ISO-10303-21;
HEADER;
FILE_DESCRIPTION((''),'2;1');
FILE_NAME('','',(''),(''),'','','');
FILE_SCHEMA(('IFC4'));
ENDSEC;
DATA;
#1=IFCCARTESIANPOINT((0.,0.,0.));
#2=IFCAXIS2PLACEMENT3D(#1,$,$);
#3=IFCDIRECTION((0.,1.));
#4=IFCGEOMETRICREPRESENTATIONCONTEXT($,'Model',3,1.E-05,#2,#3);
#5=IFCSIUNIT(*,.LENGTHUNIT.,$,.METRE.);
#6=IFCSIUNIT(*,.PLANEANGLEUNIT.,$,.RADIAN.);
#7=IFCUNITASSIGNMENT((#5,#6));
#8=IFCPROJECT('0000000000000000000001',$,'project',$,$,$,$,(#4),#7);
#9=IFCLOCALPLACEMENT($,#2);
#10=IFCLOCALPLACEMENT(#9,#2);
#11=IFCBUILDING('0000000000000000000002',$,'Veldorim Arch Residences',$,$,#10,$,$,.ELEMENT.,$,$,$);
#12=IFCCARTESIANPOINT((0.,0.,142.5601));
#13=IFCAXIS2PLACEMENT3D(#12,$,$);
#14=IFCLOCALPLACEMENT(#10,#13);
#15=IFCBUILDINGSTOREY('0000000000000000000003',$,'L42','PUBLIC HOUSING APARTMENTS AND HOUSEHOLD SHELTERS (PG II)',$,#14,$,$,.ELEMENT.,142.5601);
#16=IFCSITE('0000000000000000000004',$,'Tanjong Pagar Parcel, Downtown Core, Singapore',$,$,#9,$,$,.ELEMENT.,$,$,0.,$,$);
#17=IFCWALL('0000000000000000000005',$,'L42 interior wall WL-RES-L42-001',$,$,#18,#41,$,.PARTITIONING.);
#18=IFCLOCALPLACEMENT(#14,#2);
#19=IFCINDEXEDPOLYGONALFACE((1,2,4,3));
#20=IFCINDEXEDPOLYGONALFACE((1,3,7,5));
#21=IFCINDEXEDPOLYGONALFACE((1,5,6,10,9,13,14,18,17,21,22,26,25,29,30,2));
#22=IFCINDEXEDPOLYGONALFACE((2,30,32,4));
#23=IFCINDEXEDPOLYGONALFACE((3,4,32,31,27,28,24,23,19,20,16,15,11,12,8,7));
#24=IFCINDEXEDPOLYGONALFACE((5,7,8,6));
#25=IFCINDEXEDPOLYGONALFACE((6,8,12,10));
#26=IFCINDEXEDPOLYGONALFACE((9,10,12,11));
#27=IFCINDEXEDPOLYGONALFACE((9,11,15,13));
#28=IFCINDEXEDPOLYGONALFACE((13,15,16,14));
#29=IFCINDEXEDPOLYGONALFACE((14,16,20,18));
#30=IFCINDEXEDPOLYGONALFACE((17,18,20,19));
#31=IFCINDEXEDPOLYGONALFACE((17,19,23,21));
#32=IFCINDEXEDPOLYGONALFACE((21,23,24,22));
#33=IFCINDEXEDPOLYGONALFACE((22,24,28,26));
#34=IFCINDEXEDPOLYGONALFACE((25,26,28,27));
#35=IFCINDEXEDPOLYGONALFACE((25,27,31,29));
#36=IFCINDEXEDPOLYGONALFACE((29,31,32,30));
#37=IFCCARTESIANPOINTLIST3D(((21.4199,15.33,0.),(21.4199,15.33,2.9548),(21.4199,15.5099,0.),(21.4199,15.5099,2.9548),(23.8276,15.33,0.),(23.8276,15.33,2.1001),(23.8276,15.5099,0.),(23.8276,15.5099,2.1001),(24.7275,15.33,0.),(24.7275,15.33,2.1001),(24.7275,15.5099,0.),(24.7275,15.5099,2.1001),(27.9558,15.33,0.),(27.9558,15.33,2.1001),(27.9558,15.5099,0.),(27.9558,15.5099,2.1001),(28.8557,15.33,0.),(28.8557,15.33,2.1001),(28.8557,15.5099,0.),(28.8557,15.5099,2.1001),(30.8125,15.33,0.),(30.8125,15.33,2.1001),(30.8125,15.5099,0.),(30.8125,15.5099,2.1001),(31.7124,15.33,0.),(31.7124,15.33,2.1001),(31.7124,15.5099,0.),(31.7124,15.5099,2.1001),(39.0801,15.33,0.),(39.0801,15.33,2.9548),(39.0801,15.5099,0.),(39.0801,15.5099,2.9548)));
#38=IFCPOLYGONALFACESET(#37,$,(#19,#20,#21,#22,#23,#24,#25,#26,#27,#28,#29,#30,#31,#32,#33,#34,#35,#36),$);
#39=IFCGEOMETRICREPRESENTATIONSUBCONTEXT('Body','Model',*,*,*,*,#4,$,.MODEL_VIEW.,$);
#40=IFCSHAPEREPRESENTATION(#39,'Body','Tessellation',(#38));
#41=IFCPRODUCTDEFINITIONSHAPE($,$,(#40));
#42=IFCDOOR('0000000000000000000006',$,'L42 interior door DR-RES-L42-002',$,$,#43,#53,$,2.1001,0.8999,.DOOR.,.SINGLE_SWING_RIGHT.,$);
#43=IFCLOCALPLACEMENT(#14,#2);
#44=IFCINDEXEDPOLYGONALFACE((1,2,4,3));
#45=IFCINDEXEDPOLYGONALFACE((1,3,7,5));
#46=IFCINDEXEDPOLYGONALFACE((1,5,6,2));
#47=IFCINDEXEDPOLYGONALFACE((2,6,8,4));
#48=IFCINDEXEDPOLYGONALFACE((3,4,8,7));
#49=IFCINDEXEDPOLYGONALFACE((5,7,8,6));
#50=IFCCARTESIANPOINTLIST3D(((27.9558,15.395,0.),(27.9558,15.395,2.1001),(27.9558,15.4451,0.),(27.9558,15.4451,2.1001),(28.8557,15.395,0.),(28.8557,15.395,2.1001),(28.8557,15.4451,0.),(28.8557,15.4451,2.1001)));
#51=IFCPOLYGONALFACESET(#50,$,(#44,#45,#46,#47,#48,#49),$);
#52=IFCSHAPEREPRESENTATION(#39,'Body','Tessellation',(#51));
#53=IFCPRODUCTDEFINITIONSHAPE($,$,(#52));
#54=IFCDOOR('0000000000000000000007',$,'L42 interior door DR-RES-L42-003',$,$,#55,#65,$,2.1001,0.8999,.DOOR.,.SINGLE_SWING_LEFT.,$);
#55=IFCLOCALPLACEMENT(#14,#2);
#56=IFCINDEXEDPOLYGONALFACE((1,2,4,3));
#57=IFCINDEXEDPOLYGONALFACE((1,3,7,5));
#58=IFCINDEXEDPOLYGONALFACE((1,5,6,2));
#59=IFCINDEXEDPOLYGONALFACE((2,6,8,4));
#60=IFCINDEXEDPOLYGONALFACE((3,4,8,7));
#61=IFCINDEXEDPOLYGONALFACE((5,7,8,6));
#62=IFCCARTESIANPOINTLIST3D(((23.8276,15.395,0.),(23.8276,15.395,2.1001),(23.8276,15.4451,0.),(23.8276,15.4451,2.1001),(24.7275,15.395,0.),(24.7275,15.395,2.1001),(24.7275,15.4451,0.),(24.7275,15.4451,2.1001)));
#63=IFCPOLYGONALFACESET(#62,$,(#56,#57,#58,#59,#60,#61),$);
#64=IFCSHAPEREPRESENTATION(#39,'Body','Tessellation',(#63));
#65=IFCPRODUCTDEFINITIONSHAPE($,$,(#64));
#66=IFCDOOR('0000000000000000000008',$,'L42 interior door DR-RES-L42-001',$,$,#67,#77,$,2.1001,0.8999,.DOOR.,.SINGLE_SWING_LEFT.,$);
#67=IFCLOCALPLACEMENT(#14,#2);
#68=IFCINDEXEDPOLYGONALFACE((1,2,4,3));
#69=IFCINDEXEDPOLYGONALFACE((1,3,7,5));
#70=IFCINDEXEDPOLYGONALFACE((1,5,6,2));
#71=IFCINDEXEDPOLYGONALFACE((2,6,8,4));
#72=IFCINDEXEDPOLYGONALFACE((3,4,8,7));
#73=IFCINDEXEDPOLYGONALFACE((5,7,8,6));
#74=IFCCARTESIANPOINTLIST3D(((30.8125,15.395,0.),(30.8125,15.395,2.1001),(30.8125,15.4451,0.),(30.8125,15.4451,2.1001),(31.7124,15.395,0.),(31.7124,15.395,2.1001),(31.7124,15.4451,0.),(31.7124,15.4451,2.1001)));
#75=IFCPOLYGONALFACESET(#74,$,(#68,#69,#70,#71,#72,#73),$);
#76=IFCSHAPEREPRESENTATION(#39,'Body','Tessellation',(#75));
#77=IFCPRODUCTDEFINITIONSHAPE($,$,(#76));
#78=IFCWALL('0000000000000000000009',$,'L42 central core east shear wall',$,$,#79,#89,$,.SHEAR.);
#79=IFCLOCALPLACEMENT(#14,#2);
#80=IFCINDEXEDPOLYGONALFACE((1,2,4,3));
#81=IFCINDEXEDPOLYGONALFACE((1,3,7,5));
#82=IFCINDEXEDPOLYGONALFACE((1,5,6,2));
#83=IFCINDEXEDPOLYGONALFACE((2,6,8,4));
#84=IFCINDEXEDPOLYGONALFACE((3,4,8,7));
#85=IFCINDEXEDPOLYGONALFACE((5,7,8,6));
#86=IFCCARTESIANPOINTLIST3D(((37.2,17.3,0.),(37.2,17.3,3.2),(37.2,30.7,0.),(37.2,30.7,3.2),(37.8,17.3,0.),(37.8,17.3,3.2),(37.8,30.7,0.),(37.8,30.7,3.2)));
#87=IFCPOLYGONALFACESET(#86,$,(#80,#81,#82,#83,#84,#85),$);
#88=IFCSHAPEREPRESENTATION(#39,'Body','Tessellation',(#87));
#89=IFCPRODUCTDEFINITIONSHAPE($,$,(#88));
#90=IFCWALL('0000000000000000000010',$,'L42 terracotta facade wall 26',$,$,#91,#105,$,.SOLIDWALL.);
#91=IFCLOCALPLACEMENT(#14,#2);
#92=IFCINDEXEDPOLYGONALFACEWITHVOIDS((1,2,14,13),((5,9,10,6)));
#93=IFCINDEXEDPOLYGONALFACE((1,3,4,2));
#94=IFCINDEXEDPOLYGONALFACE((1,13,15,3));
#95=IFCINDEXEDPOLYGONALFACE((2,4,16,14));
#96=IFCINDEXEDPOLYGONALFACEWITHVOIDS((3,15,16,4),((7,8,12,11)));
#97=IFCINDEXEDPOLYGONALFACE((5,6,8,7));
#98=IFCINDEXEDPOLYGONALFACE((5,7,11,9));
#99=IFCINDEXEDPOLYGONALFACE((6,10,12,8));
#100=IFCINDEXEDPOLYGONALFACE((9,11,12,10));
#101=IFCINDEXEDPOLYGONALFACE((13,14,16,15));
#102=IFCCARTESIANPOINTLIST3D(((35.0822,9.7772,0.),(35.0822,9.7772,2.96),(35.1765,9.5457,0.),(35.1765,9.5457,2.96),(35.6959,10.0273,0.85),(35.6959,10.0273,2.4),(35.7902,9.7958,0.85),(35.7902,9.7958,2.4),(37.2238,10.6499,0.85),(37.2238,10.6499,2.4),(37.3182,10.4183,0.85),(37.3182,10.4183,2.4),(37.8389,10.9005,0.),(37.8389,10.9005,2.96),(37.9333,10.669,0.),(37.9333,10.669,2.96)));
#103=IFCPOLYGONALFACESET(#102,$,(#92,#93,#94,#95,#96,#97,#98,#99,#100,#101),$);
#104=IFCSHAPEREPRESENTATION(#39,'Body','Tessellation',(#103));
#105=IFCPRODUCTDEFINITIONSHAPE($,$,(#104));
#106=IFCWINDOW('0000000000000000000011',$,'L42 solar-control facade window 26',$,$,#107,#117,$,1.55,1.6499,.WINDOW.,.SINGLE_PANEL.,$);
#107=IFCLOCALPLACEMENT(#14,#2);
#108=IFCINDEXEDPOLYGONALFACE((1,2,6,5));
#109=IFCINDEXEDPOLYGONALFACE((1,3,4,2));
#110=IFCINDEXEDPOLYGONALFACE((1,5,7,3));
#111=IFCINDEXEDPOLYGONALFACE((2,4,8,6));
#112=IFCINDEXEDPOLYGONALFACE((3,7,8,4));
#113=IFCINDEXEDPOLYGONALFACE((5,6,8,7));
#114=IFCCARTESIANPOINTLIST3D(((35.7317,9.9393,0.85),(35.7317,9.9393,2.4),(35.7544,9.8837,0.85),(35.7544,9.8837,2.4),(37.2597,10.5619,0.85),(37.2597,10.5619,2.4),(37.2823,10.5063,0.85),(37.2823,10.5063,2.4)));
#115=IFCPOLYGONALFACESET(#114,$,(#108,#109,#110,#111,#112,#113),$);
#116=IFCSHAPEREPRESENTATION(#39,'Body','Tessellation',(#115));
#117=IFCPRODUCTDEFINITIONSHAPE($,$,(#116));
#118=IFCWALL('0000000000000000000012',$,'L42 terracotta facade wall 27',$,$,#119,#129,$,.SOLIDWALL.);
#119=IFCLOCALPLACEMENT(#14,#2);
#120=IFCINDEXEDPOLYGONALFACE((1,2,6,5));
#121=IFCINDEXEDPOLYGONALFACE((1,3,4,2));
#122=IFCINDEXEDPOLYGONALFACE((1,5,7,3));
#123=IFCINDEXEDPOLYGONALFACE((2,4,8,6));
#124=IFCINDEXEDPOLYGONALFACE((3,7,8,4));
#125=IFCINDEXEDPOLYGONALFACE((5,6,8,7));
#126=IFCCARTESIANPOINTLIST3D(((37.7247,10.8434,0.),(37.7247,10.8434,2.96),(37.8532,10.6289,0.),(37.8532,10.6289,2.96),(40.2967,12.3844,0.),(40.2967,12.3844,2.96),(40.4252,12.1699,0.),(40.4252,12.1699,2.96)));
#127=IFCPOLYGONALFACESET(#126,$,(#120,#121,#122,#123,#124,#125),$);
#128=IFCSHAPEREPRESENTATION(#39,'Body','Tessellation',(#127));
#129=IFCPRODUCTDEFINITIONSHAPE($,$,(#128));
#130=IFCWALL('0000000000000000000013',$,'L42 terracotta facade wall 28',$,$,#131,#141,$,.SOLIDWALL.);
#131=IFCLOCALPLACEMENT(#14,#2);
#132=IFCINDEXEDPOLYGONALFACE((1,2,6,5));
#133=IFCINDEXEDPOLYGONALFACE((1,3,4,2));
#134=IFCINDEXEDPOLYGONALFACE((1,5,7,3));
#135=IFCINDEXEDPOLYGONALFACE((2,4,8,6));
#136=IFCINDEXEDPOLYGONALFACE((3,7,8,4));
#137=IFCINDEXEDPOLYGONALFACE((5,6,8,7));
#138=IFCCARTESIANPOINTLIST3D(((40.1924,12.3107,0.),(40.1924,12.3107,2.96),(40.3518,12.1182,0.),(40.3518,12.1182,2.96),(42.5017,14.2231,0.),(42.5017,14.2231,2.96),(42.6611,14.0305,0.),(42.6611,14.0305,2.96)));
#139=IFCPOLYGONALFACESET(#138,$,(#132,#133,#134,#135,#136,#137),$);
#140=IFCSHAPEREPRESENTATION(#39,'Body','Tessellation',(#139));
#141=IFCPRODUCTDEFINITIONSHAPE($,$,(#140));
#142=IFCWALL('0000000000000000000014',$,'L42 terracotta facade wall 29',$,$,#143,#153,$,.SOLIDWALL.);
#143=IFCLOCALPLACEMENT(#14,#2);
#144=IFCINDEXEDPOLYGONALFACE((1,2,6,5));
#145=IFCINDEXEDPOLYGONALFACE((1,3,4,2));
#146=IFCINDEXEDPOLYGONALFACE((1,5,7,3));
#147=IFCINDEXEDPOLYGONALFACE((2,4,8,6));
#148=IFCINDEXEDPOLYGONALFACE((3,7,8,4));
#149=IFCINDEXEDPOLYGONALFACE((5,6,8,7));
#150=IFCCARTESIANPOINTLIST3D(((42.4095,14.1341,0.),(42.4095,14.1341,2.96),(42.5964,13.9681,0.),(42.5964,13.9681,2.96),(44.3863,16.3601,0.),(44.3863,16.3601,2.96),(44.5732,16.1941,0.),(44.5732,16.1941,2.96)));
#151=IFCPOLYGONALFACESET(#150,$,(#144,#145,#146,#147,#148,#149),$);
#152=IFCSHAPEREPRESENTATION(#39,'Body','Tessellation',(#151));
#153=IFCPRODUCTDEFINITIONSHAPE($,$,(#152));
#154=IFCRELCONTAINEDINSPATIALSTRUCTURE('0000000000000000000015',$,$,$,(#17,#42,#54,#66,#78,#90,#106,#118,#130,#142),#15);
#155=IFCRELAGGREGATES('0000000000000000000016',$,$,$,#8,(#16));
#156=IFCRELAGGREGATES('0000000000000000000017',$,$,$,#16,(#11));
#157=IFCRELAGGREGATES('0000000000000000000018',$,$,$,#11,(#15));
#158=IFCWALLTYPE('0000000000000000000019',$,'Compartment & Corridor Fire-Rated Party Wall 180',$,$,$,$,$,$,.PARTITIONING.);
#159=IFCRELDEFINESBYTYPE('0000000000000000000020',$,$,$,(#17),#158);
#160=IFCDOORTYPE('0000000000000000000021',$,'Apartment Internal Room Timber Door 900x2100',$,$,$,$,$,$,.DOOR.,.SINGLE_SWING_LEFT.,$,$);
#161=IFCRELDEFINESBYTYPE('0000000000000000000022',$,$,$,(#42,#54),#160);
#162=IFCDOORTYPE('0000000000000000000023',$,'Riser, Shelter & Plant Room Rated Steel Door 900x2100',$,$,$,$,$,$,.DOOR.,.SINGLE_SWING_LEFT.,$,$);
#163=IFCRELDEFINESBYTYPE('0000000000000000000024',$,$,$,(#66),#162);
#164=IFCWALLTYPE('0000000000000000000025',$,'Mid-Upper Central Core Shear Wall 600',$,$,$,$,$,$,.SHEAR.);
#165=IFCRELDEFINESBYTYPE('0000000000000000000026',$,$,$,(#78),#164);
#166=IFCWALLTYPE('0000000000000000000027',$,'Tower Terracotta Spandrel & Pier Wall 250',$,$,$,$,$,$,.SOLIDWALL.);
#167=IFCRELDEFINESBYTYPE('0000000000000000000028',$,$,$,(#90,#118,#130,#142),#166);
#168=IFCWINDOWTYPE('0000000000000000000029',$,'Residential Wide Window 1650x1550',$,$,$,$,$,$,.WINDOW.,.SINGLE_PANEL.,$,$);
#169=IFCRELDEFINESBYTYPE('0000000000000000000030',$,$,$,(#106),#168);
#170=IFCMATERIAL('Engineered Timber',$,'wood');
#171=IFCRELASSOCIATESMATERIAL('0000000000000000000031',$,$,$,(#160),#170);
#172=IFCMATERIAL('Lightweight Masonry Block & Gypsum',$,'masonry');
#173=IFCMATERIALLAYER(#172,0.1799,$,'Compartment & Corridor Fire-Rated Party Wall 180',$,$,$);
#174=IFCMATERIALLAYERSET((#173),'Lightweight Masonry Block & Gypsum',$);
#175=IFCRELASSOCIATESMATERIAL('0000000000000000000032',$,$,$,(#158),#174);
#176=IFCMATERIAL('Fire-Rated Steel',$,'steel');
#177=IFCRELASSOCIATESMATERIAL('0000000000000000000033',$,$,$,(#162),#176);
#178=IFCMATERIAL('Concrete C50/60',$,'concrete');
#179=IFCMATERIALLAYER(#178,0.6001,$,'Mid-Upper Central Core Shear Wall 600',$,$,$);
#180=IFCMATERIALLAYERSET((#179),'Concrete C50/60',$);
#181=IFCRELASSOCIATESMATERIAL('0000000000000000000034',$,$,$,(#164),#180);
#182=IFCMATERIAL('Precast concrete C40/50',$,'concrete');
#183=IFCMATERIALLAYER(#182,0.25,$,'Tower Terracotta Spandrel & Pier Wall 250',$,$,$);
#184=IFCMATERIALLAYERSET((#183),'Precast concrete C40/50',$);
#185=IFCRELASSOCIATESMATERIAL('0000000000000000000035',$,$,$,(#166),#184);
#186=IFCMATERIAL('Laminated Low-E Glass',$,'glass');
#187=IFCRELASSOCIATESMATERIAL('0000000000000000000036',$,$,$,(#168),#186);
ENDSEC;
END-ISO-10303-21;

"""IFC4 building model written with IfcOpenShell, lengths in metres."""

from ifc_helpers import new_model, si_unit, direction, frame, frame_2d, origin, place, context, subcontext, project, spatial, rectangle, extrude, material, layer, layer_set, type_object, element, fill, save


model = new_model("IFC4")

# Units and contexts
model_context = context("Model", 3, precision=1e-05, world=origin(), true_north=direction((0.0, 1.0)))
body_context = subcontext(model_context, "Body", "Model", "MODEL_VIEW")
ifc_project = project(units=[si_unit("LENGTHUNIT", "METRE"), si_unit("PLANEANGLEUNIT", "RADIAN")], contexts=[model_context])

# Site, building, storey
site_placement = place(None, origin())
site = spatial("IfcSite", under=ifc_project, at=site_placement, Name="Tanjong Pagar Parcel, Downtown Core, Singapore", CompositionType="ELEMENT", RefElevation=0.0)
building_placement = place(site_placement, origin())
building = spatial("IfcBuilding", under=site, at=building_placement, Name="Veldorim Arch Residences", CompositionType="ELEMENT")
storey_placement = place(building_placement, frame((0.0, 0.0, 142.5601)))
storey = spatial("IfcBuildingStorey", under=building, at=storey_placement, Name="L42", Description="PUBLIC HOUSING APARTMENTS AND HOUSEHOLD SHELTERS (PG II)", CompositionType="ELEMENT", Elevation=142.5601)

# Shared definitions
ifc_material_1 = material(Name="Engineered Timber", Category="wood")
door_type_1 = type_object("IfcDoorType", Name="Apartment Internal Room Timber Door 900x2100", OperationType="SINGLE_SWING_LEFT", PredefinedType="DOOR", material=ifc_material_1)

# Shared definitions
ifc_material_2 = material(Name="Lightweight Masonry Block & Gypsum", Category="masonry")
ifc_layer_1 = layer(ifc_material_2, 0.1799, Name="Compartment & Corridor Fire-Rated Party Wall 180")
ifc_layer_set_1 = layer_set([ifc_layer_1], Name="Lightweight Masonry Block & Gypsum")
wall_type_1 = type_object("IfcWallType", Name="Compartment & Corridor Fire-Rated Party Wall 180", PredefinedType="PARTITIONING", material=ifc_layer_set_1)

# Wall, openings, doors
wall_1_placement = place(storey_placement, frame((39.0801, 15.4199, 0.0), z_axis=(0.0, 0.0, 1.0), x_axis=(-1.0, 0.0, 0.0)))
wall_1 = element("IfcWall", 1, at=wall_1_placement, inside=storey, type_object=wall_type_1, Name="L42 interior wall WL-RES-L42-001", PredefinedType="PARTITIONING", context=body_context, shape_type="SweptSolid", body=[
    extrude(rectangle(XDim=17.6602, YDim=0.1799, at=frame_2d((8.8301, 0.0))), origin(), (0.0, 0.0, 1.0), 2.9548),
])
opening_1_placement = place(wall_1_placement, frame((7.3677, 0.0, 0.0)))
opening_1 = element("IfcOpeningElement", 2, at=opening_1_placement, cuts=wall_1, PredefinedType="OPENING", context=body_context, shape_type="SweptSolid", body=[
    extrude(rectangle(XDim=0.8999, YDim=2.1001, at=frame_2d((0.45, 1.05))), frame((0.0, 0.0999, 0.0), z_axis=(0.0, -1.0, 0.0), x_axis=(1.0, 0.0, 0.0)), (0.0, 0.0, 1.0), 0.2),
])
opening_2_placement = place(wall_1_placement, frame((10.2244, 0.0, 0.0)))
opening_2 = element("IfcOpeningElement", 3, at=opening_2_placement, cuts=wall_1, PredefinedType="OPENING", context=body_context, shape_type="SweptSolid", body=[
    extrude(rectangle(XDim=0.8999, YDim=2.1001, at=frame_2d((0.45, 1.05))), frame((0.0, 0.0999, 0.0), z_axis=(0.0, -1.0, 0.0), x_axis=(1.0, 0.0, 0.0)), (0.0, 0.0, 1.0), 0.2),
])
opening_3_placement = place(wall_1_placement, frame((14.3525, 0.0, 0.0)))
opening_3 = element("IfcOpeningElement", 4, at=opening_3_placement, cuts=wall_1, PredefinedType="OPENING", context=body_context, shape_type="SweptSolid", body=[
    extrude(rectangle(XDim=0.8999, YDim=2.1001, at=frame_2d((0.45, 1.05))), frame((0.0, 0.0999, 0.0), z_axis=(0.0, -1.0, 0.0), x_axis=(1.0, 0.0, 0.0)), (0.0, 0.0, 1.0), 0.2),
])
door_1_placement = place(opening_2_placement, origin())
door_1 = element("IfcDoor", 5, at=door_1_placement, inside=storey, type_object=door_type_1, Name="L42 interior door DR-RES-L42-002", OperationType="SINGLE_SWING_RIGHT", OverallHeight=2.1001, OverallWidth=0.8999, PredefinedType="DOOR", context=body_context, shape_type="SweptSolid", body=[
    extrude(rectangle(XDim=0.8999, YDim=2.1001, at=frame_2d((0.45, 1.05))), frame((0.0, 0.0249, 0.0), z_axis=(0.0, -1.0, 0.0), x_axis=(1.0, 0.0, 0.0)), (0.0, 0.0, 1.0), 0.05),
])
fill(opening_2, door_1)
door_2_placement = place(opening_3_placement, origin())
door_2 = element("IfcDoor", 6, at=door_2_placement, inside=storey, type_object=door_type_1, Name="L42 interior door DR-RES-L42-003", OperationType="SINGLE_SWING_LEFT", OverallHeight=2.1001, OverallWidth=0.8999, PredefinedType="DOOR", context=body_context, shape_type="SweptSolid", body=[
    extrude(rectangle(XDim=0.8999, YDim=2.1001, at=frame_2d((0.45, 1.05))), frame((0.0, 0.0249, 0.0), z_axis=(0.0, -1.0, 0.0), x_axis=(1.0, 0.0, 0.0)), (0.0, 0.0, 1.0), 0.05),
])
fill(opening_3, door_2)
ifc_material_3 = material(Name="Fire-Rated Steel", Category="steel")
door_type_2 = type_object("IfcDoorType", Name="Riser, Shelter & Plant Room Rated Steel Door 900x2100", OperationType="SINGLE_SWING_LEFT", PredefinedType="DOOR", material=ifc_material_3)
door_3_placement = place(opening_1_placement, origin())
door_3 = element("IfcDoor", 7, at=door_3_placement, inside=storey, type_object=door_type_2, Name="L42 interior door DR-RES-L42-001", OperationType="SINGLE_SWING_LEFT", OverallHeight=2.1001, OverallWidth=0.8999, PredefinedType="DOOR", context=body_context, shape_type="SweptSolid", body=[
    extrude(rectangle(XDim=0.8999, YDim=2.1001, at=frame_2d((0.45, 1.05))), frame((0.0, 0.0249, 0.0), z_axis=(0.0, -1.0, 0.0), x_axis=(1.0, 0.0, 0.0)), (0.0, 0.0, 1.0), 0.05),
])
fill(opening_1, door_3)

# Wall
ifc_material_4 = material(Name="Concrete C50/60", Category="concrete")
ifc_layer_2 = layer(ifc_material_4, 0.6001, Name="Mid-Upper Central Core Shear Wall 600")
ifc_layer_set_2 = layer_set([ifc_layer_2], Name="Concrete C50/60")
wall_type_2 = type_object("IfcWallType", Name="Mid-Upper Central Core Shear Wall 600", PredefinedType="SHEAR", material=ifc_layer_set_2)
wall_2_placement = place(storey_placement, frame((37.5, 17.3, 0.0), z_axis=(0.0, 0.0, 1.0), x_axis=(0.0, 1.0, 0.0)))
element("IfcWall", 8, at=wall_2_placement, inside=storey, type_object=wall_type_2, Name="L42 central core east shear wall", PredefinedType="SHEAR", context=body_context, shape_type="SweptSolid", body=[
    extrude(rectangle(XDim=13.3999, YDim=0.6001, at=frame_2d((6.7, 0.0))), origin(), (0.0, 0.0, 1.0), 3.2),
])

# Wall, opening, window
ifc_material_5 = material(Name="Precast concrete C40/50", Category="concrete")
ifc_layer_3 = layer(ifc_material_5, 0.25, Name="Tower Terracotta Spandrel & Pier Wall 250")
ifc_layer_set_3 = layer_set([ifc_layer_3], Name="Precast concrete C40/50")
wall_type_3 = type_object("IfcWallType", Name="Tower Terracotta Spandrel & Pier Wall 250", PredefinedType="SOLIDWALL", material=ifc_layer_set_3)
wall_3_placement = place(storey_placement, frame((37.886, 10.7847, 0.0), z_axis=(0.0, 0.0, 1.0), x_axis=(-0.926076, -0.377336, 0.0)))
wall_3 = element("IfcWall", 9, at=wall_3_placement, inside=storey, type_object=wall_type_3, Name="L42 terracotta facade wall 26", PredefinedType="SOLIDWALL", context=body_context, shape_type="SweptSolid", body=[
    extrude(rectangle(XDim=2.9768, YDim=0.25, at=frame_2d((1.4883, 0.0))), origin(), (0.0, 0.0, 1.0), 2.96),
])
opening_4_placement = place(wall_3_placement, frame((0.6641, 0.0, 0.8501)))
opening_4 = element("IfcOpeningElement", 10, at=opening_4_placement, cuts=wall_3, PredefinedType="OPENING", context=body_context, shape_type="SweptSolid", body=[
    extrude(rectangle(XDim=1.6499, YDim=1.55, at=frame_2d((0.825, 0.7749))), frame((0.0, 0.135, 0.0), z_axis=(0.0, -1.0, 0.0), x_axis=(1.0, 0.0, 0.0)), (0.0, 0.0, 1.0), 0.27),
])
ifc_material_6 = material(Name="Laminated Low-E Glass", Category="glass")
window_type = type_object("IfcWindowType", Name="Residential Wide Window 1650x1550", PartitioningType="SINGLE_PANEL", PredefinedType="WINDOW", material=ifc_material_6)
window_placement = place(opening_4_placement, origin())
window = element("IfcWindow", 11, at=window_placement, inside=storey, type_object=window_type, Name="L42 solar-control facade window 26", OverallHeight=1.55, OverallWidth=1.6499, PartitioningType="SINGLE_PANEL", PredefinedType="WINDOW", context=body_context, shape_type="SweptSolid", body=[
    extrude(rectangle(XDim=1.6499, YDim=1.55, at=frame_2d((0.825, 0.7749))), frame((0.0, 0.03, 0.0), z_axis=(0.0, -1.0, 0.0), x_axis=(1.0, 0.0, 0.0)), (0.0, 0.0, 1.0), 0.0601),
])
fill(opening_4, window)

# Walls
for number, where, z_axis, x_axis, name in (
    (12, (40.3608, 12.2771, 0.0), (0.0, 0.0, 1.0), (-0.857816, -0.513957, 0.0), "L42 terracotta facade wall 27"),
    (13, (42.5813, 14.1267, 0.0), (0.0, 0.0, 1.0), (-0.7702, -0.637803, 0.0), "L42 terracotta facade wall 28"),
):
    element("IfcWall", number, at=place(storey_placement, frame(where, z_axis=z_axis, x_axis=x_axis)), inside=storey, type_object=wall_type_3, Name=name, PredefinedType="SOLIDWALL", context=body_context, shape_type="SweptSolid", body=[
        extrude(rectangle(XDim=2.9983, YDim=0.25, at=frame_2d((1.499, 0.0))), origin(), (0.0, 0.0, 1.0), 2.96),
    ])
wall_4_placement = place(storey_placement, frame((44.4797, 16.2771, 0.0), z_axis=(0.0, 0.0, 1.0), x_axis=(-0.664002, -0.74773, 0.0)))
element("IfcWall", 14, at=wall_4_placement, inside=storey, type_object=wall_type_3, Name="L42 terracotta facade wall 29", PredefinedType="SOLIDWALL", context=body_context, shape_type="SweptSolid", body=[
    extrude(rectangle(XDim=2.9771, YDim=0.25, at=frame_2d((1.4885, 0.0))), origin(), (0.0, 0.0, 1.0), 2.96),
])

save(model, "model.ifc")
